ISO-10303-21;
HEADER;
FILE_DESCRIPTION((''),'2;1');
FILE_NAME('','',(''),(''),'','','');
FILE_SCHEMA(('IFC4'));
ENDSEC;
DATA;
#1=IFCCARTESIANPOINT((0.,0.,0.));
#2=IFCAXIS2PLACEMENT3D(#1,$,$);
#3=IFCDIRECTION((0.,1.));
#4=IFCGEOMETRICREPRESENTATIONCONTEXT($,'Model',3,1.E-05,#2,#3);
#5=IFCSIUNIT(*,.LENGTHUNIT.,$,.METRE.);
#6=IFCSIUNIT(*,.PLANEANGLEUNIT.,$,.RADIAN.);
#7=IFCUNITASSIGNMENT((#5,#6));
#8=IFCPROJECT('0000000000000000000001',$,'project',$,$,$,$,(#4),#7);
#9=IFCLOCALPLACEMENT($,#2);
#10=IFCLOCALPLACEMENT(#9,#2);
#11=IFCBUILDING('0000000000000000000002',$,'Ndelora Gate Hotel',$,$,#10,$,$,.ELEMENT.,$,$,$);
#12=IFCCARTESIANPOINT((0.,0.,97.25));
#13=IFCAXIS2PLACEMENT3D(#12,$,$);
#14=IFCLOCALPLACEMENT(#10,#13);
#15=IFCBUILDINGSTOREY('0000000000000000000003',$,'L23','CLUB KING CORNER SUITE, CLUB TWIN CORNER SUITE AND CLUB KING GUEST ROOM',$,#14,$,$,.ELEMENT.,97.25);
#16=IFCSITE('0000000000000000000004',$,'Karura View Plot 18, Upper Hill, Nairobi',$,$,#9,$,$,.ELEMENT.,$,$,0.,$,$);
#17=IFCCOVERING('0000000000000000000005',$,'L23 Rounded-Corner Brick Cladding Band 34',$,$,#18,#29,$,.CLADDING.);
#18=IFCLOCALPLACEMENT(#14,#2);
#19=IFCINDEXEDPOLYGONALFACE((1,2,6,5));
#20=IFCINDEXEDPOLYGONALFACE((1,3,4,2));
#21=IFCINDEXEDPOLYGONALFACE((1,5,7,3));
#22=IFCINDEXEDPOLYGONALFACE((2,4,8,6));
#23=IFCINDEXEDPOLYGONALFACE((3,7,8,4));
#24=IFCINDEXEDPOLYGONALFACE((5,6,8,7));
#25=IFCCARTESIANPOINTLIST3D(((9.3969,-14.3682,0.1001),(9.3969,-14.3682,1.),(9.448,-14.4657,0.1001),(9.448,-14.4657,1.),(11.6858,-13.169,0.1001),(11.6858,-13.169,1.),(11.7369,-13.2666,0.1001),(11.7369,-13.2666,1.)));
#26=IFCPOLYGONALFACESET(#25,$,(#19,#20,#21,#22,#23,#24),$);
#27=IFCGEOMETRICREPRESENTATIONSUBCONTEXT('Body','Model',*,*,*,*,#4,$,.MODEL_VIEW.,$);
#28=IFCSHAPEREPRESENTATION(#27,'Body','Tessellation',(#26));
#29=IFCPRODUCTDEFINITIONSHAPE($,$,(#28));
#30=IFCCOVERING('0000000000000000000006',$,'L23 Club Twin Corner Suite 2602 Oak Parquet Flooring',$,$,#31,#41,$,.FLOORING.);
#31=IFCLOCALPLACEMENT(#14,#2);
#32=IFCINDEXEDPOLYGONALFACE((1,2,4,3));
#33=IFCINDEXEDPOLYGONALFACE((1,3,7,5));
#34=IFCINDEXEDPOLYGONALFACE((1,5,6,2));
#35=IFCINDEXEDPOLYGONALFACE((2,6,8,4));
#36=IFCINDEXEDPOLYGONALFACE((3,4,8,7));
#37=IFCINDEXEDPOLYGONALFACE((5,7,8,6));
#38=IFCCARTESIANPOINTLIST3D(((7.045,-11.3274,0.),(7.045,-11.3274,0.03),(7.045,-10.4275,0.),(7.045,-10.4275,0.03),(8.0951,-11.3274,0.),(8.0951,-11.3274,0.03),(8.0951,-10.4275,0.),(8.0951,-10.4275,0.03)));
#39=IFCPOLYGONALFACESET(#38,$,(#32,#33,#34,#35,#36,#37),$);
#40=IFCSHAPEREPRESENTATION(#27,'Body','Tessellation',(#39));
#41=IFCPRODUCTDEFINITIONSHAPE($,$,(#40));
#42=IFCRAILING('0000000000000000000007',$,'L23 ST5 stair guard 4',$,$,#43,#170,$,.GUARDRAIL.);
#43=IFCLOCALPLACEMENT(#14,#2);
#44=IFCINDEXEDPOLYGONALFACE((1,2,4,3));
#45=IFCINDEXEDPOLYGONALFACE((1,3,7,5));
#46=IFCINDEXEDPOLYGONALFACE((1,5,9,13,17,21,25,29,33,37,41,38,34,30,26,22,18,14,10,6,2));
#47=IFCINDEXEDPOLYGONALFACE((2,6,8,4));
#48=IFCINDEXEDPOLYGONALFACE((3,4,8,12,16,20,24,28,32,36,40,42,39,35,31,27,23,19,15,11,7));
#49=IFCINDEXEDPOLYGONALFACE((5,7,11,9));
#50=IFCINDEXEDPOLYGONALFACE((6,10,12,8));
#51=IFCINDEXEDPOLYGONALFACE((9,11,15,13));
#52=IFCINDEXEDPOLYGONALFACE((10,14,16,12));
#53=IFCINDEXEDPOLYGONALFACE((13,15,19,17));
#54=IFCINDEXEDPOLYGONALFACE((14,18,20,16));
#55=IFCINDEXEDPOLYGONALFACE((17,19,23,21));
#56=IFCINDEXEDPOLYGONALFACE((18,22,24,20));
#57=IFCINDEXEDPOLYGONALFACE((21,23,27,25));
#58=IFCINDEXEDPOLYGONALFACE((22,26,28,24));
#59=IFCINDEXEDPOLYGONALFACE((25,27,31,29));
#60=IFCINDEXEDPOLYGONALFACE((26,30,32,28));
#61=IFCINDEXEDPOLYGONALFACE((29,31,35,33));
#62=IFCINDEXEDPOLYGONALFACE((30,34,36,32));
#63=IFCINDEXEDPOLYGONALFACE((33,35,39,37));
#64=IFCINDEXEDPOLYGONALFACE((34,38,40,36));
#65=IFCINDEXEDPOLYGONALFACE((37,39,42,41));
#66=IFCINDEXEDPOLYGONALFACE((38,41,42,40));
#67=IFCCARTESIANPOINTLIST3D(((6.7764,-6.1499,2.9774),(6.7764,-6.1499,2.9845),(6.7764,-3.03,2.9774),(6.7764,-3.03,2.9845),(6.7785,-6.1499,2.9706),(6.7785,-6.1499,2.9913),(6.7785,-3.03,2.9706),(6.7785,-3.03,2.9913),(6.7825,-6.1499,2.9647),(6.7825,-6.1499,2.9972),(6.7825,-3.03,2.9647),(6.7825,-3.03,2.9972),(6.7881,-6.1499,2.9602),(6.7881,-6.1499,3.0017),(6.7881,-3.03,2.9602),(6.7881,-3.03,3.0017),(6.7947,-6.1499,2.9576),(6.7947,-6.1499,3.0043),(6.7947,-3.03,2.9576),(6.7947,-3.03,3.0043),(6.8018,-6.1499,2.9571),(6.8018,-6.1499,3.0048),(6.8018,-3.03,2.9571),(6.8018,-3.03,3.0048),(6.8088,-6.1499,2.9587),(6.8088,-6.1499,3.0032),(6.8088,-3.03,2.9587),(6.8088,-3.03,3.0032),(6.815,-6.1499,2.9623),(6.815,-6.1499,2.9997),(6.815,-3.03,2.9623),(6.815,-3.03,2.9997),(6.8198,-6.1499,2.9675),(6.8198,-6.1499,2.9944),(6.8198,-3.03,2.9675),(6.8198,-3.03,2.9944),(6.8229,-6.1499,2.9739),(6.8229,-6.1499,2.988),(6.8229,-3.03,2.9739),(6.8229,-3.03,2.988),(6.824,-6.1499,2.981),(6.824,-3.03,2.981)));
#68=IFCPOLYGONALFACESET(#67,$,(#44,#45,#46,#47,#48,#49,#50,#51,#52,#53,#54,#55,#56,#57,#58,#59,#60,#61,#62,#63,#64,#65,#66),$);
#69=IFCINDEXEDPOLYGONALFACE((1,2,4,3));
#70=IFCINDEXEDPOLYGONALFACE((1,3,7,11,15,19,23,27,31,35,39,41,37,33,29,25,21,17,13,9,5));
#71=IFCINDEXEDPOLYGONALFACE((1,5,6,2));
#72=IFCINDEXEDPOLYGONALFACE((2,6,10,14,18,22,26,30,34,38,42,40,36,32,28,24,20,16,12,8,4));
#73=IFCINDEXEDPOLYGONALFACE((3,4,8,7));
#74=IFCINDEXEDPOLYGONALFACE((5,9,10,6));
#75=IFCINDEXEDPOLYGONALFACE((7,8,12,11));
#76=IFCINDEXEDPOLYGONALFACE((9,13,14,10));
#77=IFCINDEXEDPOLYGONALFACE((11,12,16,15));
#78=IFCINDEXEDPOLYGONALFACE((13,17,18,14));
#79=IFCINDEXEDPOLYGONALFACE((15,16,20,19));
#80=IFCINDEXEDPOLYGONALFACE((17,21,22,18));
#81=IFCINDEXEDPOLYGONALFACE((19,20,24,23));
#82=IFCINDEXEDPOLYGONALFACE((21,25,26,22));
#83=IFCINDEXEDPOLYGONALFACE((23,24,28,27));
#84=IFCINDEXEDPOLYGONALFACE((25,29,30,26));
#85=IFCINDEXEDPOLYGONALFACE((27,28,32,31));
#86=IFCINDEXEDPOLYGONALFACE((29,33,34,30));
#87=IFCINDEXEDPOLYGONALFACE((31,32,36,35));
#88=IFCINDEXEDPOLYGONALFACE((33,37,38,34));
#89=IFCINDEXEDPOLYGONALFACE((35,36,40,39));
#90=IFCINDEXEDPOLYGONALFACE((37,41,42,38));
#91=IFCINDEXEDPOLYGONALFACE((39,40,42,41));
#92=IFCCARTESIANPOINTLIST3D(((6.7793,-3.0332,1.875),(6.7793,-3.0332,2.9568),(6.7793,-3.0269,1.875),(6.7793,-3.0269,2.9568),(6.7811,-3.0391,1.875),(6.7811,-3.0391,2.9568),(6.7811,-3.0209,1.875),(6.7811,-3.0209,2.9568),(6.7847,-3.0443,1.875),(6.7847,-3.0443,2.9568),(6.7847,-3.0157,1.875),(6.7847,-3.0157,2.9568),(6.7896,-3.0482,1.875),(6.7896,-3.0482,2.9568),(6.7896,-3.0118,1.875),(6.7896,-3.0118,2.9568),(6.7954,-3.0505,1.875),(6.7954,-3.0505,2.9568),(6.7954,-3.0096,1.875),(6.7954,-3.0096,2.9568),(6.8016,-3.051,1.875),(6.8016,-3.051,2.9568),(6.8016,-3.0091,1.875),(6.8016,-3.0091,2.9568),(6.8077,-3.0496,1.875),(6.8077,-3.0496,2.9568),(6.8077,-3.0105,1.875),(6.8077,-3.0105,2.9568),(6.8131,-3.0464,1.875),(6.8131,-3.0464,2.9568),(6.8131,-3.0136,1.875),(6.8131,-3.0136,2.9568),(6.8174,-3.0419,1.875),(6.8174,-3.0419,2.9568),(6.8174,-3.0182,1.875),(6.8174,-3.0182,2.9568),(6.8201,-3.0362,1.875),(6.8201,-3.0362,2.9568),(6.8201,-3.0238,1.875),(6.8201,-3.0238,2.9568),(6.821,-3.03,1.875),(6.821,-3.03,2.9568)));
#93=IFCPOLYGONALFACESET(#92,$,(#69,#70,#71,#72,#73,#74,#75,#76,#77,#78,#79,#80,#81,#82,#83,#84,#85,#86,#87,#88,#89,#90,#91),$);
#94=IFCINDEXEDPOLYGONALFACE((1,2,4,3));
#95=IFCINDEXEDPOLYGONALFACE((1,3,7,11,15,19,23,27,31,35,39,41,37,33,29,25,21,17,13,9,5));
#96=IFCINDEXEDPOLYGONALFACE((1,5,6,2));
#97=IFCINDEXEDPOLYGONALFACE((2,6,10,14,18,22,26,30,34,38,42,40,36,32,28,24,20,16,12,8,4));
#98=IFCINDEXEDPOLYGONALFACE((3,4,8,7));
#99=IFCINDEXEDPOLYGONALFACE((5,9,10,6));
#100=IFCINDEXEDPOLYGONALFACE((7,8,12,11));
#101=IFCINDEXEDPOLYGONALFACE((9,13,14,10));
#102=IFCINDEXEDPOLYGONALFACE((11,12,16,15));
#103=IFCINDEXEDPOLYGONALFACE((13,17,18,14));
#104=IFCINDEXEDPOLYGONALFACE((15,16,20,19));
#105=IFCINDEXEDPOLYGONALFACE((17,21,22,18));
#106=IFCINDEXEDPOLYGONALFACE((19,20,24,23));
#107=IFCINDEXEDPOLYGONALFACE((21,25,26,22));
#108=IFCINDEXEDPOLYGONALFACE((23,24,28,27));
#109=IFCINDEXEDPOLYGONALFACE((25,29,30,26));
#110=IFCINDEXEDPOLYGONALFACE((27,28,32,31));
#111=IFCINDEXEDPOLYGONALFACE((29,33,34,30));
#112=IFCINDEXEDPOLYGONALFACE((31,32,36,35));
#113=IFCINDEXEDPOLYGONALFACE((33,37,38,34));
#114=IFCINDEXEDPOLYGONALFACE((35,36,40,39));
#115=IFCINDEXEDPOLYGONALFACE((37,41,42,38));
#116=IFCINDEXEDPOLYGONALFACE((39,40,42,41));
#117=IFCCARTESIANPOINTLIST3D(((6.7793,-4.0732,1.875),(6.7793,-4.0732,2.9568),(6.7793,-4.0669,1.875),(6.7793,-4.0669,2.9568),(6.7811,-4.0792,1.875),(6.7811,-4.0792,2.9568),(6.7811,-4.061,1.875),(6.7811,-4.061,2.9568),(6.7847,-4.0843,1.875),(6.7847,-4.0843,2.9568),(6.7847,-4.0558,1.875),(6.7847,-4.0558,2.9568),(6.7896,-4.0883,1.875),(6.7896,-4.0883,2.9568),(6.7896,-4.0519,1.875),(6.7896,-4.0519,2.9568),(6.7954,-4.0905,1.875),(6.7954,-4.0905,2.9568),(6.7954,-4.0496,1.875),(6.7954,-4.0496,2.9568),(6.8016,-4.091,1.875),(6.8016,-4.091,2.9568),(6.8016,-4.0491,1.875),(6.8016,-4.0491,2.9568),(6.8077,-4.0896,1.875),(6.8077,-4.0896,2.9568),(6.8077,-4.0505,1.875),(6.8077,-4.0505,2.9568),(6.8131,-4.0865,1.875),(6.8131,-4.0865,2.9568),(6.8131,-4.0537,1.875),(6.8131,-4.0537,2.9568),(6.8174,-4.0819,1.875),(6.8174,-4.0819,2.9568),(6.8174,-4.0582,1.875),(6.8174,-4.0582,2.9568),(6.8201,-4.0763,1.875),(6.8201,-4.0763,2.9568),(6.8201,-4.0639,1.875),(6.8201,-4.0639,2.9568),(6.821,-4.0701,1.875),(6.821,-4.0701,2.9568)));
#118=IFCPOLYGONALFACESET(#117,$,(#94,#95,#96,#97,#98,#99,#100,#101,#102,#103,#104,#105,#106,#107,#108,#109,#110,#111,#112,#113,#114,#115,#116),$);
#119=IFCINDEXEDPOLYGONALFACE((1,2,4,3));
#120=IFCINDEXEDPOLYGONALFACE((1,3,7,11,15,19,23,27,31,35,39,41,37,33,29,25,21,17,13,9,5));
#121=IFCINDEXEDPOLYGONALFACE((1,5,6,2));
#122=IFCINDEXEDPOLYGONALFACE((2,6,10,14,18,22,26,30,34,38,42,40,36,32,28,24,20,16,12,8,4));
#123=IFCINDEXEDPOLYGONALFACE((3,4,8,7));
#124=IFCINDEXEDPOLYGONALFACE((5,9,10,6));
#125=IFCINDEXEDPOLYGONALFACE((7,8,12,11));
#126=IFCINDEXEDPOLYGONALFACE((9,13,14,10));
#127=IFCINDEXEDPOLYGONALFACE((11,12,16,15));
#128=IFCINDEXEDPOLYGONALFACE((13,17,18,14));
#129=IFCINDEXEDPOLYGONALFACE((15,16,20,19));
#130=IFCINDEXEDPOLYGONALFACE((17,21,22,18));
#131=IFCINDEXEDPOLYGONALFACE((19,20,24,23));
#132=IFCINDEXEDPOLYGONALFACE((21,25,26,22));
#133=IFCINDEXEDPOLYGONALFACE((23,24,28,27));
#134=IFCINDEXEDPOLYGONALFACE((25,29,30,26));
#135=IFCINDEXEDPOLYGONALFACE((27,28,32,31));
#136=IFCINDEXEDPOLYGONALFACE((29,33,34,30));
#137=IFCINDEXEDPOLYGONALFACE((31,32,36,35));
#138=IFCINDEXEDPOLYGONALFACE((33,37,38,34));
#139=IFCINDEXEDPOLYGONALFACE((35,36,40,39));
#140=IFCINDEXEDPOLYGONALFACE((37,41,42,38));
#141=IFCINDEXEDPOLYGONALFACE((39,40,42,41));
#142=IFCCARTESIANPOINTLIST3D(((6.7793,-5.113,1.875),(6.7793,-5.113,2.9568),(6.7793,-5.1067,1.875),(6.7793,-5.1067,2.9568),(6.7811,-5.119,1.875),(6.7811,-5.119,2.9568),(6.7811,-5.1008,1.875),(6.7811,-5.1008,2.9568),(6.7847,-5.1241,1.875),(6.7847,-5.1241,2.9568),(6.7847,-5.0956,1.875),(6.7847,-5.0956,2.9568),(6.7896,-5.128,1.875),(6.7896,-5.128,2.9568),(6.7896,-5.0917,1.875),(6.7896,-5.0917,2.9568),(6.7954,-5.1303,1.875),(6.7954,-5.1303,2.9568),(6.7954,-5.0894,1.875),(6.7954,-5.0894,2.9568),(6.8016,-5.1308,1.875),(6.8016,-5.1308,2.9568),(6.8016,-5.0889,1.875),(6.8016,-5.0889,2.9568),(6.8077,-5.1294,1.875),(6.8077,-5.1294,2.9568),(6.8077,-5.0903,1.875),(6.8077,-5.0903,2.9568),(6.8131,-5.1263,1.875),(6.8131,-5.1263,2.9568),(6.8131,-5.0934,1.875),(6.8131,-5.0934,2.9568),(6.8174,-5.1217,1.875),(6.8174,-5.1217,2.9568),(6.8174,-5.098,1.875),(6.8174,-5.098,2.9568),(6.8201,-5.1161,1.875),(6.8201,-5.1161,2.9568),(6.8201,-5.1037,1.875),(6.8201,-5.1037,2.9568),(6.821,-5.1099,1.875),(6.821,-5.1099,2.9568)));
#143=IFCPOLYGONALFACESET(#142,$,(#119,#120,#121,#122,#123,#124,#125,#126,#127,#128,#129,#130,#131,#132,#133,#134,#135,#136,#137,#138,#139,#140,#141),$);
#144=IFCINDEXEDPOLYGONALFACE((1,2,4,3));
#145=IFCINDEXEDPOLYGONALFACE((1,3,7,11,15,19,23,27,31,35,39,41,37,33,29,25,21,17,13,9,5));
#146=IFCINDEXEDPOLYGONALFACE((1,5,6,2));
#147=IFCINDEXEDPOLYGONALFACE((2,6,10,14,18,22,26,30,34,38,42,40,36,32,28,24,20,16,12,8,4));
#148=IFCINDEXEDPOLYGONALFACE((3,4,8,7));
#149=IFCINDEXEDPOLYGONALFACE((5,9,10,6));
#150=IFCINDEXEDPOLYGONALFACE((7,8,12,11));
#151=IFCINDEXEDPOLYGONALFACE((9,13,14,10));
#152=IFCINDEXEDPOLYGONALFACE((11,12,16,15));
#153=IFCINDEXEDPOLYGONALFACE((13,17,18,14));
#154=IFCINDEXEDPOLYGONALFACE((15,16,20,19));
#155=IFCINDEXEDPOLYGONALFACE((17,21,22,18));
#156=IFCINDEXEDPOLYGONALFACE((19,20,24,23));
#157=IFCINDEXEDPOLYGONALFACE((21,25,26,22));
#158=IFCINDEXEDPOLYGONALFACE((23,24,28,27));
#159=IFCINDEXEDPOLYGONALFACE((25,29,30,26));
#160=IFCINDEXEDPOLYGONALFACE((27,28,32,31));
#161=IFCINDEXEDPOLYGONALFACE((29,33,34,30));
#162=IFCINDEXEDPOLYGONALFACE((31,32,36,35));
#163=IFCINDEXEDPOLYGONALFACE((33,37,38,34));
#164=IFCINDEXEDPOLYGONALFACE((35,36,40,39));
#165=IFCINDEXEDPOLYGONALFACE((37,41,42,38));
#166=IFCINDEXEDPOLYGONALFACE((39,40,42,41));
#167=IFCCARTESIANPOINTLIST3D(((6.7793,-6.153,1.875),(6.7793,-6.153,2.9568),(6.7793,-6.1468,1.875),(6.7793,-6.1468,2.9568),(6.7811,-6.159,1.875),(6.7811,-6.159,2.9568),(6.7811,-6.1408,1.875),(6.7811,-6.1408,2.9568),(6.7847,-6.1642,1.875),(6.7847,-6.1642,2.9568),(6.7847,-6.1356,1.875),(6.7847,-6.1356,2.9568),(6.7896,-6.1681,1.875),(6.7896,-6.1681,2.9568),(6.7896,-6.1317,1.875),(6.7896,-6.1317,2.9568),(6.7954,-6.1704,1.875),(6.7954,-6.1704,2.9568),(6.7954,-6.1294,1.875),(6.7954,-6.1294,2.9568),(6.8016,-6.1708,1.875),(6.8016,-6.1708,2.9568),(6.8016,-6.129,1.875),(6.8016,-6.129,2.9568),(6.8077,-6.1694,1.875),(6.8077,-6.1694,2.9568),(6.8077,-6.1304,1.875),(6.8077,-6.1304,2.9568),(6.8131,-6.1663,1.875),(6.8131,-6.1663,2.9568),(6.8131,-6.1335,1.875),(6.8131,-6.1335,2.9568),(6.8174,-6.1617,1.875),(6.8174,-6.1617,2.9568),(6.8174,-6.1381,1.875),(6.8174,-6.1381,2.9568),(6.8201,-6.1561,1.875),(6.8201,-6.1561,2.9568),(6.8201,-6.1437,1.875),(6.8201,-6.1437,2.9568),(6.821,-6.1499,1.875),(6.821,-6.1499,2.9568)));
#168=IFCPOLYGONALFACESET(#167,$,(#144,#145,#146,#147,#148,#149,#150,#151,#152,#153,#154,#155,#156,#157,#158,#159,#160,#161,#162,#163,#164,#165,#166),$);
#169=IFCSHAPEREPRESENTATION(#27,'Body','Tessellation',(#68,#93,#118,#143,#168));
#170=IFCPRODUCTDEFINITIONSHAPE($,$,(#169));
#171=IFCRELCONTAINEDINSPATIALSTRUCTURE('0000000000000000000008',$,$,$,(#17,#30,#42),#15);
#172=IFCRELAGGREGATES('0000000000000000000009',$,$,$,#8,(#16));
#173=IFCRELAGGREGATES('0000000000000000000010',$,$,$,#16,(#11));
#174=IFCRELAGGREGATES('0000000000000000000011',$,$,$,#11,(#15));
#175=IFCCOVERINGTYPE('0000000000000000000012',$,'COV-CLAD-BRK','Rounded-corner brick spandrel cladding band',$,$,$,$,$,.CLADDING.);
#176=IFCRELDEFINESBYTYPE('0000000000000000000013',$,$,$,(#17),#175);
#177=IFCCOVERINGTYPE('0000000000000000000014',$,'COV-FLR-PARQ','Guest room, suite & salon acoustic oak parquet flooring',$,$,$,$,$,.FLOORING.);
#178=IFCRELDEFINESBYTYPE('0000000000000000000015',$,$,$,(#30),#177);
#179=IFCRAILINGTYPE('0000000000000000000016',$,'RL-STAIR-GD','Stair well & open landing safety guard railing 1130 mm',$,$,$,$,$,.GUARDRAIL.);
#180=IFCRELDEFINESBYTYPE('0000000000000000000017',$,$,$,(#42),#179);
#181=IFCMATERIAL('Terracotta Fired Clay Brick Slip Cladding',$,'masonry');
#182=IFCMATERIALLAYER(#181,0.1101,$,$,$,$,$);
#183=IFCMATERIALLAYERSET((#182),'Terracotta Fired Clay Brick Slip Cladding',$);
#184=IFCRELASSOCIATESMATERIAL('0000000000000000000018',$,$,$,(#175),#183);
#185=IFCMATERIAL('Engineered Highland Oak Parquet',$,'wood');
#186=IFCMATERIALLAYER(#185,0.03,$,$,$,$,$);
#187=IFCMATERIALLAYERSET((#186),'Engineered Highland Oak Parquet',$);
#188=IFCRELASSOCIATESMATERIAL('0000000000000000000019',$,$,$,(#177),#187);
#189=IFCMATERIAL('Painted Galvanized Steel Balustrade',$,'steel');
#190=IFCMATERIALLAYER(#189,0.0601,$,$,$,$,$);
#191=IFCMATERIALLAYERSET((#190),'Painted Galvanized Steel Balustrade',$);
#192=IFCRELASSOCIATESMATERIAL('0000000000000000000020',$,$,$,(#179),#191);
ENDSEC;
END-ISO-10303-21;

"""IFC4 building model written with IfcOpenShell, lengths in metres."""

from ifc_helpers import new_model, si_unit, direction, frame, origin, origin_2d, place, context, subcontext, project, spatial, rectangle, circle, extrude, material, layer, layer_set, type_object, element, save


model = new_model("IFC4")

# Units and contexts
model_context = context("Model", 3, precision=1e-05, world=origin(), true_north=direction((0.0, 1.0)))
body_context = subcontext(model_context, "Body", "Model", "MODEL_VIEW")
ifc_project = project(units=[si_unit("LENGTHUNIT", "METRE"), si_unit("PLANEANGLEUNIT", "RADIAN")], contexts=[model_context])

# Site, building, storey
site_placement = place(None, origin())
site = spatial("IfcSite", under=ifc_project, at=site_placement, Name="Karura View Plot 18, Upper Hill, Nairobi", CompositionType="ELEMENT", RefElevation=0.0)
building_placement = place(site_placement, origin())
building = spatial("IfcBuilding", under=site, at=building_placement, Name="Ndelora Gate Hotel", CompositionType="ELEMENT")
storey_placement = place(building_placement, frame((0.0, 0.0, 97.25)))
storey = spatial("IfcBuildingStorey", under=building, at=storey_placement, Name="L23", Description="CLUB KING CORNER SUITE, CLUB TWIN CORNER SUITE AND CLUB KING GUEST ROOM", CompositionType="ELEMENT", Elevation=97.25)

# Coverings
ifc_material_1 = material(Name="Terracotta Fired Clay Brick Slip Cladding", Category="masonry")
ifc_layer_1 = layer(ifc_material_1, 0.1101)
ifc_layer_set_1 = layer_set([ifc_layer_1], Name="Terracotta Fired Clay Brick Slip Cladding")
covering_type_1 = type_object("IfcCoveringType", Name="COV-CLAD-BRK", Description="Rounded-corner brick spandrel cladding band", PredefinedType="CLADDING", material=ifc_layer_set_1)
covering_1_placement = place(storey_placement, frame((10.5669, -13.8174, 0.1001), z_axis=(0.0, 0.0, 1.0), x_axis=(0.885799, 0.464069, 0.0)))
element("IfcCovering", 1, at=covering_1_placement, inside=storey, type_object=covering_type_1, Name="L23 Rounded-Corner Brick Cladding Band 34", PredefinedType="CLADDING", context=body_context, shape_type="SweptSolid", body=[
    extrude(rectangle(XDim=2.584, YDim=0.1101, at=origin_2d()), origin(), (0.0, 0.0, 1.0), 0.8999),
])
ifc_material_2 = material(Name="Engineered Highland Oak Parquet", Category="wood")
ifc_layer_2 = layer(ifc_material_2, 0.03)
ifc_layer_set_2 = layer_set([ifc_layer_2], Name="Engineered Highland Oak Parquet")
covering_type_2 = type_object("IfcCoveringType", Name="COV-FLR-PARQ", Description="Guest room, suite & salon acoustic oak parquet flooring", PredefinedType="FLOORING", material=ifc_layer_set_2)
covering_2_placement = place(storey_placement, frame((7.5701, -10.8774, 0.0), z_axis=(0.0, 0.0, 1.0), x_axis=(1.0, 0.0, 0.0)))
element("IfcCovering", 2, at=covering_2_placement, inside=storey, type_object=covering_type_2, Name="L23 Club Twin Corner Suite 2602 Oak Parquet Flooring", PredefinedType="FLOORING", context=body_context, shape_type="SweptSolid", body=[
    extrude(rectangle(XDim=1.05, YDim=0.8999, at=origin_2d()), origin(), (0.0, 0.0, 1.0), 0.03),
])

# Railing
ifc_material_3 = material(Name="Painted Galvanized Steel Balustrade", Category="steel")
ifc_layer_3 = layer(ifc_material_3, 0.0601)
ifc_layer_set_3 = layer_set([ifc_layer_3], Name="Painted Galvanized Steel Balustrade")
railing_type_1 = type_object("IfcRailingType", Name="RL-STAIR-GD", Description="Stair well & open landing safety guard railing 1130 mm", PredefinedType="GUARDRAIL", material=ifc_layer_set_3)
railing_1_placement = place(storey_placement, frame((6.8, -3.03, 1.875)))
element("IfcRailing", 3, at=railing_1_placement, inside=storey, type_object=railing_type_1, Name="L23 ST5 stair guard 4", PredefinedType="GUARDRAIL", context=body_context, shape_type="SweptSolid", body=[
    extrude(circle(Radius=0.0239, at=origin_2d()), frame((0.0, 0.0, 1.106), z_axis=(0.0, -1.0, 0.0), x_axis=(1.0, 0.0, 0.0)), (0.0, 0.0, 1.0), 3.1199),
    extrude(circle(Radius=0.021, at=origin_2d()), origin(), (0.0, 0.0, 1.0), 1.0818),
    extrude(circle(Radius=0.021, at=origin_2d()), frame((0.0, -1.04, 0.0)), (0.0, 0.0, 1.0), 1.0818),
    extrude(circle(Radius=0.021, at=origin_2d()), frame((0.0, -2.0798, 0.0)), (0.0, 0.0, 1.0), 1.0818),
    extrude(circle(Radius=0.021, at=origin_2d()), frame((0.0, -3.1199, 0.0)), (0.0, 0.0, 1.0), 1.0818),
])

save(model, "model.ifc")
